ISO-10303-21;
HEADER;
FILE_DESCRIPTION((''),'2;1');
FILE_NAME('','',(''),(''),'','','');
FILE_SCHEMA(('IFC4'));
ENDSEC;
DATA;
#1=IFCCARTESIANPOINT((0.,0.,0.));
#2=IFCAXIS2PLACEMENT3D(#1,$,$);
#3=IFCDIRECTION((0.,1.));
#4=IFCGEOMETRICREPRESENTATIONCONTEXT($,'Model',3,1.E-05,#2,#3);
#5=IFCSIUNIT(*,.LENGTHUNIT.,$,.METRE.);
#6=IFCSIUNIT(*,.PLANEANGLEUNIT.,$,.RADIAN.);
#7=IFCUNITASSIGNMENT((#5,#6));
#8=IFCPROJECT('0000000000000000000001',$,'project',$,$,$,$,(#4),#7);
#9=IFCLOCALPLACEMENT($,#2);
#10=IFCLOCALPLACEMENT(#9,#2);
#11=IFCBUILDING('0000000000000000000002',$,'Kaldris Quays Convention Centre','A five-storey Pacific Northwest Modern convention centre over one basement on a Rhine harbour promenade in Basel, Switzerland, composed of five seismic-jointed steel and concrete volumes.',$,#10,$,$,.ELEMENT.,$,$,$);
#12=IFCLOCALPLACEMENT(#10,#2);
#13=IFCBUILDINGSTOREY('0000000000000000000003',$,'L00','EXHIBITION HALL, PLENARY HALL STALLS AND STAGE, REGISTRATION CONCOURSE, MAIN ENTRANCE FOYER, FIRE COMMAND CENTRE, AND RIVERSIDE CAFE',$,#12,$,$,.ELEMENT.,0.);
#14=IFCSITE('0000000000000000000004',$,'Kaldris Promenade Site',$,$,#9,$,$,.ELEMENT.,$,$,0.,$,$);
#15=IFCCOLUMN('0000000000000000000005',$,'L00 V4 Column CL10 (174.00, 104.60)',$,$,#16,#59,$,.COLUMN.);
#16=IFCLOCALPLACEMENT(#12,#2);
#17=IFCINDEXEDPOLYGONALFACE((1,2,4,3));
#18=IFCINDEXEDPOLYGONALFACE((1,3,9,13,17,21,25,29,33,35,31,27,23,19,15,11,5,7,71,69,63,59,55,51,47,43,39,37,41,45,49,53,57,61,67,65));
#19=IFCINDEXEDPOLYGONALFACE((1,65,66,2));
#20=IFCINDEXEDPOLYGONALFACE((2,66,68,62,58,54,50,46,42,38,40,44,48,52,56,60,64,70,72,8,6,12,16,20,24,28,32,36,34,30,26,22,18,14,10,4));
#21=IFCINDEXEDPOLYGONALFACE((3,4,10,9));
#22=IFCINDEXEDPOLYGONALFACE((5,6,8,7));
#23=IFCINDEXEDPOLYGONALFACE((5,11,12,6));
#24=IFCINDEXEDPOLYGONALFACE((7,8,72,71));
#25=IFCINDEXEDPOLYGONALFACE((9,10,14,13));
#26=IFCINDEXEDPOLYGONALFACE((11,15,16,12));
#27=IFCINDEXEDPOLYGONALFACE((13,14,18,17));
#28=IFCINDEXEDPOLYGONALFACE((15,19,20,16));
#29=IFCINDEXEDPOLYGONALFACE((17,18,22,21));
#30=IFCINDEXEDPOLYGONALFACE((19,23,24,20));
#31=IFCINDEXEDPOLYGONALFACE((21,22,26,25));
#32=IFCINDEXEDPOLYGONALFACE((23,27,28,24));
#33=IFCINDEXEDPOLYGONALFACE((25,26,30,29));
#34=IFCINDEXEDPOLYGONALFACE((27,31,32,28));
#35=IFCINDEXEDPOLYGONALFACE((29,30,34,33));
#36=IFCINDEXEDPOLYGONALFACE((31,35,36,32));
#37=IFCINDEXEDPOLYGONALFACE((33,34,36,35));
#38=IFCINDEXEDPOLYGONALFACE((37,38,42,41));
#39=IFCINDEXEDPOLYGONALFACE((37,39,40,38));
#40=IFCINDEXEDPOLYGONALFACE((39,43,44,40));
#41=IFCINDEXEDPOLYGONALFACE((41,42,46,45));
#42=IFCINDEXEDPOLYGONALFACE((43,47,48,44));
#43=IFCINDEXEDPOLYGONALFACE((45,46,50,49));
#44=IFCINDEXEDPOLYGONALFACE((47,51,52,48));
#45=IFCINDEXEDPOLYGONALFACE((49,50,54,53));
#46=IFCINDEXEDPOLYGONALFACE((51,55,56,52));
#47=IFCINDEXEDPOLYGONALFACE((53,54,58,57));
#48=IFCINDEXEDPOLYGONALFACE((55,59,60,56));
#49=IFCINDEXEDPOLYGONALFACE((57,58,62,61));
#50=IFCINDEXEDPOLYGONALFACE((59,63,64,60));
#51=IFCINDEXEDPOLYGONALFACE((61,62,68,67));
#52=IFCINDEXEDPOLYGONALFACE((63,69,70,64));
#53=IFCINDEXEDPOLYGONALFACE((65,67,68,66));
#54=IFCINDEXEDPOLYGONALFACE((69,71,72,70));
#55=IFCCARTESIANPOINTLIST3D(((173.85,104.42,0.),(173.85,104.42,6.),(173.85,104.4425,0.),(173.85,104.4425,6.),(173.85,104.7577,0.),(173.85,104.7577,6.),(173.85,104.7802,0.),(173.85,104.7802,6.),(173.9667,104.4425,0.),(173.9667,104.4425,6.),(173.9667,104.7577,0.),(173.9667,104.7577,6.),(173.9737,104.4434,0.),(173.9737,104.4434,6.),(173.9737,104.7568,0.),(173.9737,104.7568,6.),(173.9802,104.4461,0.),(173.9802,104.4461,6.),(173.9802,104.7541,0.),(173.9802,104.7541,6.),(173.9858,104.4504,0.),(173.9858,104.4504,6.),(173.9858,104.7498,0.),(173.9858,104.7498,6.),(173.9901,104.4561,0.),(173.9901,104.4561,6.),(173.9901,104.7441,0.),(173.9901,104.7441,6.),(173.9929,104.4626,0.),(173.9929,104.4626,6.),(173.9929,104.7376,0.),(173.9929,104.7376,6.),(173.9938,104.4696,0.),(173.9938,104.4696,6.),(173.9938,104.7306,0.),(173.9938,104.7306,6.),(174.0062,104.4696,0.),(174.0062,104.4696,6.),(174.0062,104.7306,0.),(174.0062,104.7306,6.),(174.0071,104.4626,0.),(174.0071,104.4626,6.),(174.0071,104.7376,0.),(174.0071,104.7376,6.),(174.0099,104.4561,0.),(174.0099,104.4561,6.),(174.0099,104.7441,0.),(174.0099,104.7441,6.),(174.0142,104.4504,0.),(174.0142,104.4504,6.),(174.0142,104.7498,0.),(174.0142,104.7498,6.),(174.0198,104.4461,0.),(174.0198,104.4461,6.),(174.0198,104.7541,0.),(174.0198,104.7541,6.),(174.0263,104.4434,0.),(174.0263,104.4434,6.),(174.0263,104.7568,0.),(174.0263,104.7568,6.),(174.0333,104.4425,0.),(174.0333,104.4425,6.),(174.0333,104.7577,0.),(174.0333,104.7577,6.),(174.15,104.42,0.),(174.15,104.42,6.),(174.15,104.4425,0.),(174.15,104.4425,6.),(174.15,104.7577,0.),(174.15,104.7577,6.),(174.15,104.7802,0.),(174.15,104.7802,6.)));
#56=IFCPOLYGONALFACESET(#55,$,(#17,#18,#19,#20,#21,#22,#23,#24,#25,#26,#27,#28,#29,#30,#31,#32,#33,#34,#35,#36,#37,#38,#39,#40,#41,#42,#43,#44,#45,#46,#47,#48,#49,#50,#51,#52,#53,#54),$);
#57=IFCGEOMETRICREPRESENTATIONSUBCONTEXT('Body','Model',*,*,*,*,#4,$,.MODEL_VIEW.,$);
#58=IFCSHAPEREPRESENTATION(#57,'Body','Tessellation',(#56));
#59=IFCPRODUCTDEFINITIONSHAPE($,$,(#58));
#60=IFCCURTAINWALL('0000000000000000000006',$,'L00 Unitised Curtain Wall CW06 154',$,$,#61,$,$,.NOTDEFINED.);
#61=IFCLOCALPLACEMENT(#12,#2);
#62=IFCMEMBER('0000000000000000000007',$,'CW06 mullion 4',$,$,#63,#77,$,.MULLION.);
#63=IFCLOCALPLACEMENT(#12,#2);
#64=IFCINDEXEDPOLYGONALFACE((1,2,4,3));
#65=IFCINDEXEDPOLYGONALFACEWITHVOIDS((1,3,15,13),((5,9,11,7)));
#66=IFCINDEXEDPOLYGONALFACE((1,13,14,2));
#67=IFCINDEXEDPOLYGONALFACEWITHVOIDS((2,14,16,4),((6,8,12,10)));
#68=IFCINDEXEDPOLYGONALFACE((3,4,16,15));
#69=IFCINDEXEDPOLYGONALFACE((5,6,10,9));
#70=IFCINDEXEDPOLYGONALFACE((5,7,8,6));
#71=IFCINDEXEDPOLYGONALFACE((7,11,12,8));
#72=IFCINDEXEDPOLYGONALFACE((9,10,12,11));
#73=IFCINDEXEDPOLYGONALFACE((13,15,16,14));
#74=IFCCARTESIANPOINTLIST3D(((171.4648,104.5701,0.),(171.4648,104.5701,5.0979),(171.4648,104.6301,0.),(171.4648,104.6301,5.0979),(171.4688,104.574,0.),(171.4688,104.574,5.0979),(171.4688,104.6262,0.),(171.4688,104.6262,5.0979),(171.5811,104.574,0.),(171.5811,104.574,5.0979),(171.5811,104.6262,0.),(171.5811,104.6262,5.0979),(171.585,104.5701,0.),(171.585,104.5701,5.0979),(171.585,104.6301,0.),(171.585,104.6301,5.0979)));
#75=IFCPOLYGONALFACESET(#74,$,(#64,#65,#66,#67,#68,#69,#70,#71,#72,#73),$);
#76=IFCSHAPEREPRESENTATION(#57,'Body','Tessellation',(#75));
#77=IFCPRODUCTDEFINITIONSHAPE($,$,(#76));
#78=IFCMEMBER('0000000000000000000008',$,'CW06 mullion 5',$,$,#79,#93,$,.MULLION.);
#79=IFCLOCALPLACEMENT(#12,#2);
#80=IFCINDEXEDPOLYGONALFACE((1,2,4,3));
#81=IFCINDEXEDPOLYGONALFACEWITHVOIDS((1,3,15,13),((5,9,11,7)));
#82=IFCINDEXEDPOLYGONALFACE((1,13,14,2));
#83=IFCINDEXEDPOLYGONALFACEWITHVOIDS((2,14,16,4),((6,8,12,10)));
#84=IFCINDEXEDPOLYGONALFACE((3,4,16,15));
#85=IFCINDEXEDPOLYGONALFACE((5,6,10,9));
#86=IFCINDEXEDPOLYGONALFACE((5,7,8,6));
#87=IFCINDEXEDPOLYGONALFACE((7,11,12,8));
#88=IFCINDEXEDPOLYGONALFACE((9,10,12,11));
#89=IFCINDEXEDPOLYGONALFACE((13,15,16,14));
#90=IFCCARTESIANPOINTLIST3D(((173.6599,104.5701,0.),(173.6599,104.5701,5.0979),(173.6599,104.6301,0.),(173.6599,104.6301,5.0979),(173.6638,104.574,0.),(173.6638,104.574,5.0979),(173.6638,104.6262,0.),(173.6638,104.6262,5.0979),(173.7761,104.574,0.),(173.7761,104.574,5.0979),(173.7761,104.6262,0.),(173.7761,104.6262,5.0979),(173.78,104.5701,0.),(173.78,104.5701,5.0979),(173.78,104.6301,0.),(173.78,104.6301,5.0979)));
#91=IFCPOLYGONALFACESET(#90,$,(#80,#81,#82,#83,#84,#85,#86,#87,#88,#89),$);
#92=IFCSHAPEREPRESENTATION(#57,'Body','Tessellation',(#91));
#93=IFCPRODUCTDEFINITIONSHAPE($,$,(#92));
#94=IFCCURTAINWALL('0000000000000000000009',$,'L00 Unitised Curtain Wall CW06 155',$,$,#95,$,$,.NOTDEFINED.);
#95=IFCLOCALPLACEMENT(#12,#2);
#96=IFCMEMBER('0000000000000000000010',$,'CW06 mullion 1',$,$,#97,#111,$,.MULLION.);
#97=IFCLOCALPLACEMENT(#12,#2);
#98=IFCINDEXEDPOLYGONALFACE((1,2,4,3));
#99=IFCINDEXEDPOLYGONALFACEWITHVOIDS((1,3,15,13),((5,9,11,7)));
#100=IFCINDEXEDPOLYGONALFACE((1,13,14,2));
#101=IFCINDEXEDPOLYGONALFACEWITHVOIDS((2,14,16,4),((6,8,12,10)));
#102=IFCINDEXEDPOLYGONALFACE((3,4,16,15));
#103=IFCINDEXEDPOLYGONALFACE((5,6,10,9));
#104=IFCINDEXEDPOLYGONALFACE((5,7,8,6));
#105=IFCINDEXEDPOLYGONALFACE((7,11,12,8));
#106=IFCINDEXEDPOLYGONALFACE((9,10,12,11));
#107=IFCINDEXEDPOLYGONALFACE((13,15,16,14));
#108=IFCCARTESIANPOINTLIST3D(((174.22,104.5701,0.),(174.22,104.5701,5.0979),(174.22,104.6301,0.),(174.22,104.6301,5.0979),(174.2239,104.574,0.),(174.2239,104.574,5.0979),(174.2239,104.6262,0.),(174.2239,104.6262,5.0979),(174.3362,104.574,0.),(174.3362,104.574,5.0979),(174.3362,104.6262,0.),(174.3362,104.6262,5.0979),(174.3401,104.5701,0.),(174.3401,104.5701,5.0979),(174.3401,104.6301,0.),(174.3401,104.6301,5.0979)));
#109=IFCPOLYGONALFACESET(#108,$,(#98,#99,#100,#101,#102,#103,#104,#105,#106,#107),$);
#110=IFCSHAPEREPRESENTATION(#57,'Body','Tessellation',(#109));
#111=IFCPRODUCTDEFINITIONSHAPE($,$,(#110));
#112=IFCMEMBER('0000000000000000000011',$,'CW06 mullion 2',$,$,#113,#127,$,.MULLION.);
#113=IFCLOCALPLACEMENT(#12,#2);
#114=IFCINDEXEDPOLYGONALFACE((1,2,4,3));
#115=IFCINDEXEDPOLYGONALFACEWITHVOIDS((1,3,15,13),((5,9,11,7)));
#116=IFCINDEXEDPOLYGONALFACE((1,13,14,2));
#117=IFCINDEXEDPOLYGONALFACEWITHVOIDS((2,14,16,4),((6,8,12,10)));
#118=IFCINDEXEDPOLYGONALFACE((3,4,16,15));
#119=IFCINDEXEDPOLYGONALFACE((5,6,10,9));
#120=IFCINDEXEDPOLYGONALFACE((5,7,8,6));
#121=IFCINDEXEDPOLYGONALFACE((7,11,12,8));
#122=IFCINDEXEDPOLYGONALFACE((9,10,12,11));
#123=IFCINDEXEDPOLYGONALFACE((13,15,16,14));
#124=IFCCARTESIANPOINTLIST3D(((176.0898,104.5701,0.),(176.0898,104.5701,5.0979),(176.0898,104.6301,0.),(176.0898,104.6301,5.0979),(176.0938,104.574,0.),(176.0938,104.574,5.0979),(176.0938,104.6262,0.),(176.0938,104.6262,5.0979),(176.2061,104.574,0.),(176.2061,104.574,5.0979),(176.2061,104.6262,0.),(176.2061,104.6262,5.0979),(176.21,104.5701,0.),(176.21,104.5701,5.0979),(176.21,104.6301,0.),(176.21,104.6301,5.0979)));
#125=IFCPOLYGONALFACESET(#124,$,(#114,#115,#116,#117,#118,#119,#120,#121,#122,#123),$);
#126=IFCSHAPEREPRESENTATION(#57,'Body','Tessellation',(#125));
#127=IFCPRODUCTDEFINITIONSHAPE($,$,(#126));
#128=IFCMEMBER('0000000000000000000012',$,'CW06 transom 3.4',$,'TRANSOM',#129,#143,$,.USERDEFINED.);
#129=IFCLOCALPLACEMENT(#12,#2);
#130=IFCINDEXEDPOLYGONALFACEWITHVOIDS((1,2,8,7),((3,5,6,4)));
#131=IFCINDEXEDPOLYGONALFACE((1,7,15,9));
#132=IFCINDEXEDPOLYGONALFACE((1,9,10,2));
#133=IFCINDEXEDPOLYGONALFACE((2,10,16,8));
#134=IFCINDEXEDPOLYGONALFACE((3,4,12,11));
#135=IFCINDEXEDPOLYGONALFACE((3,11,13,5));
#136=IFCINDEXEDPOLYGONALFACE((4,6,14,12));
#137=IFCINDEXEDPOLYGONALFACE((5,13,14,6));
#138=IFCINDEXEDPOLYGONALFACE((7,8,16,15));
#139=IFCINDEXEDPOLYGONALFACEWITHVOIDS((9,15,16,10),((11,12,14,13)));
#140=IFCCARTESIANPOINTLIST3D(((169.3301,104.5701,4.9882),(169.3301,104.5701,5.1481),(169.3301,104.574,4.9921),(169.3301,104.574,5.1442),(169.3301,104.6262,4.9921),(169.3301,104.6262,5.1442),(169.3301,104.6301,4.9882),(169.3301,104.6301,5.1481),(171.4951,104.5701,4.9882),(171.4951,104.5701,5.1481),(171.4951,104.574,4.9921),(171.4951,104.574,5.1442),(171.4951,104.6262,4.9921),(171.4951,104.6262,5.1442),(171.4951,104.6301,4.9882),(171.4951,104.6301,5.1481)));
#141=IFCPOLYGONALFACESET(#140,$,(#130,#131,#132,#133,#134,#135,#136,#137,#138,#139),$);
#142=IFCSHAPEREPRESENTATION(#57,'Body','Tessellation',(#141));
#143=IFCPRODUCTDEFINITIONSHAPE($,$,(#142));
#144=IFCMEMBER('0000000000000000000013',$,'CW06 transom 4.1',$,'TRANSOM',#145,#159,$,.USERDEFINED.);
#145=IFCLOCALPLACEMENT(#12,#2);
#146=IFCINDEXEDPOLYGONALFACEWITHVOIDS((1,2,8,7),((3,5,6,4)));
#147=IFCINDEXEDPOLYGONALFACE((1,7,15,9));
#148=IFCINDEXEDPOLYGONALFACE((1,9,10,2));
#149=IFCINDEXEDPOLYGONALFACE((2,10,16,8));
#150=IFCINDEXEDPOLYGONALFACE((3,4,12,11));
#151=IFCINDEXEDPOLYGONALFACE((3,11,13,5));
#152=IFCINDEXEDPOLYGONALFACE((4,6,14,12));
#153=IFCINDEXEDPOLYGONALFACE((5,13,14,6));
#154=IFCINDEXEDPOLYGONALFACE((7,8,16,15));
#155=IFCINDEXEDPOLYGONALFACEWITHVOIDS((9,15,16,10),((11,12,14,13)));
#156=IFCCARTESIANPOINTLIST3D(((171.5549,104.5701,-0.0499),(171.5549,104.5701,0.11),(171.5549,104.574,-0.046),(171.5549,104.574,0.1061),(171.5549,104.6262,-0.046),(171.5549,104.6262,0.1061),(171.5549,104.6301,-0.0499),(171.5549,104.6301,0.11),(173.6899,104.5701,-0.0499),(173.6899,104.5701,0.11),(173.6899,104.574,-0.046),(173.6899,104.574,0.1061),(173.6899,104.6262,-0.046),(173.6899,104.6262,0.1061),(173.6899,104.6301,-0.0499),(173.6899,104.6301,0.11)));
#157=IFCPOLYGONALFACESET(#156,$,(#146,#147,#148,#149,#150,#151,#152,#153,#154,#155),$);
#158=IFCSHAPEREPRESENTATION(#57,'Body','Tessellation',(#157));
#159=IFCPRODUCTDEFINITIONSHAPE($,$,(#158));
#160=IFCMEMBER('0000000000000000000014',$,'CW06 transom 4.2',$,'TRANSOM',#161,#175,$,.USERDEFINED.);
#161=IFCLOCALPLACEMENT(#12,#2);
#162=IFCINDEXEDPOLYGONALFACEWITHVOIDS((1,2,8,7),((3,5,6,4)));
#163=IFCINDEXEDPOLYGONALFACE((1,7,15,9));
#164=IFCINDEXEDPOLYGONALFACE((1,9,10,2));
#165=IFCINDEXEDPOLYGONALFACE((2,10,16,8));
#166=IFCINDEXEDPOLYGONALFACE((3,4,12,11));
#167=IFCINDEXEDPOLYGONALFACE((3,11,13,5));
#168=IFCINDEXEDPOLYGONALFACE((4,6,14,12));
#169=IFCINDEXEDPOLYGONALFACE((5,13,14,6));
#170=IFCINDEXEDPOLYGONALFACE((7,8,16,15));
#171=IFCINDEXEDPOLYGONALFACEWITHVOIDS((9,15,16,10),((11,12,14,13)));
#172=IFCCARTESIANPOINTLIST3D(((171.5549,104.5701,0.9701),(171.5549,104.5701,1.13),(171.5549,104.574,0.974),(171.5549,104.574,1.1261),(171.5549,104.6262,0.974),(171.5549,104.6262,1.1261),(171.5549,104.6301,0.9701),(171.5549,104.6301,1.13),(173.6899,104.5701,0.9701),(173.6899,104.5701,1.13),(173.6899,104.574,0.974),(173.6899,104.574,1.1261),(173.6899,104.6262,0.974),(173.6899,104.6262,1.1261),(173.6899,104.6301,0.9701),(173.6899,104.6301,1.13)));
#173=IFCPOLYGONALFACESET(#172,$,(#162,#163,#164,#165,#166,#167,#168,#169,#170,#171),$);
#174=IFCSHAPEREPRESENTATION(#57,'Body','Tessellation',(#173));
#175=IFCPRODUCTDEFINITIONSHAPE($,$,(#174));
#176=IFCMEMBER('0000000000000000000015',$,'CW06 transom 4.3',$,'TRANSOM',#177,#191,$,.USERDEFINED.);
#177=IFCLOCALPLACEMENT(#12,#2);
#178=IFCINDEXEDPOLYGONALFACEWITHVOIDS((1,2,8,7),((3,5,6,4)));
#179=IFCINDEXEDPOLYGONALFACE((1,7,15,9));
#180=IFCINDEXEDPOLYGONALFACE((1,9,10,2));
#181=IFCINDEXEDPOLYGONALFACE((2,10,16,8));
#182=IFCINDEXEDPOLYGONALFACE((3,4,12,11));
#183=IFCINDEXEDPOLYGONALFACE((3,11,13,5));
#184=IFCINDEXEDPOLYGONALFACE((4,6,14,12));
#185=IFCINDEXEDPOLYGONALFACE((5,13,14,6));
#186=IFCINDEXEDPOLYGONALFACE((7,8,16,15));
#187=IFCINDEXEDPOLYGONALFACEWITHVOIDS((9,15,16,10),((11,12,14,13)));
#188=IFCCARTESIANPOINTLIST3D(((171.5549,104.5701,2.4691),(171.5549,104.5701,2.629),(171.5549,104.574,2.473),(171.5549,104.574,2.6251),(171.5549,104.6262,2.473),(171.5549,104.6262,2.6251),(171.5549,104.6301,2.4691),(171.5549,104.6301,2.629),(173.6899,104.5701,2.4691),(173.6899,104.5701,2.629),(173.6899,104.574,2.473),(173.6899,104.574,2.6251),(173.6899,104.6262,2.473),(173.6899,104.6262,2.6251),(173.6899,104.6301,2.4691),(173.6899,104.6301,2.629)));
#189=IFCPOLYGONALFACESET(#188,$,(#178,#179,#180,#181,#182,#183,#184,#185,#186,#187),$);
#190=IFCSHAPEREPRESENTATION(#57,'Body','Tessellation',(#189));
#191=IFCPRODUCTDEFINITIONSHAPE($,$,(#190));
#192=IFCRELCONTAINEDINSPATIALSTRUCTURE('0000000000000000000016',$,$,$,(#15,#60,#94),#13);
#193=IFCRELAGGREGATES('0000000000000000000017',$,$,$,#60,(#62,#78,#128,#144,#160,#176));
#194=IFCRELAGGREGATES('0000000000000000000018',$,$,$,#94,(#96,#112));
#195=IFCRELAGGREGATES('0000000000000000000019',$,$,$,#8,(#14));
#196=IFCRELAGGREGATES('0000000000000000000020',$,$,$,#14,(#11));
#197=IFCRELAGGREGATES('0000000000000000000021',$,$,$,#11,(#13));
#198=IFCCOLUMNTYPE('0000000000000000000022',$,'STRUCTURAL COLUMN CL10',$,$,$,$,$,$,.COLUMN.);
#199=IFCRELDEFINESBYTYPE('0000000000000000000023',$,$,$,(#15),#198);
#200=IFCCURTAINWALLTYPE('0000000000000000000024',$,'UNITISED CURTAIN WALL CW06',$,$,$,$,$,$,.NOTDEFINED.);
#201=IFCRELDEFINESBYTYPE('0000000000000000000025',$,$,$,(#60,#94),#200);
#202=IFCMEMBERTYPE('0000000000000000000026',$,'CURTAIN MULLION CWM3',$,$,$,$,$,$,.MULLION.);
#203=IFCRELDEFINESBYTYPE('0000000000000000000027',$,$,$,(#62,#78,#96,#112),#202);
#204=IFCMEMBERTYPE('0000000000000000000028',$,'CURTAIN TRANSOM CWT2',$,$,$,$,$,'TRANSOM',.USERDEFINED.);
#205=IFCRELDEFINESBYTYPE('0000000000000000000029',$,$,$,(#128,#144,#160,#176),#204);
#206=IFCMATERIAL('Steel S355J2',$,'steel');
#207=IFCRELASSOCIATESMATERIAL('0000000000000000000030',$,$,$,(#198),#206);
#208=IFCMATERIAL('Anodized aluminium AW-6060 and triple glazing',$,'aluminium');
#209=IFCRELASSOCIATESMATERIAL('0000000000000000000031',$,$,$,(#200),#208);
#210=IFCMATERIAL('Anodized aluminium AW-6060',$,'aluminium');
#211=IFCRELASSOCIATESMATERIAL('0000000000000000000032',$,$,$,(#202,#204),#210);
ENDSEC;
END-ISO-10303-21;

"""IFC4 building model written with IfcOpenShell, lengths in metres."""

from ifc_helpers import new_model, si_unit, direction, frame, origin, origin_2d, place, context, subcontext, project, spatial, hollow_rectangle, i_section, extrude, material, material_profile, profile_set, type_object, element, aggregate, save


model = new_model("IFC4")

# Units and contexts
model_context = context("Model", 3, precision=1e-05, world=origin(), true_north=direction((0.0, 1.0)))
body_context = subcontext(model_context, "Body", "Model", "MODEL_VIEW")
ifc_project = project(units=[si_unit("LENGTHUNIT", "METRE"), si_unit("PLANEANGLEUNIT", "RADIAN")], contexts=[model_context])

# Site, building, storey
site_placement = place(None, origin())
site = spatial("IfcSite", under=ifc_project, at=site_placement, Name="Kaldris Promenade Site", CompositionType="ELEMENT", RefElevation=0.0)
building_placement = place(site_placement, origin())
building = spatial("IfcBuilding", under=site, at=building_placement, Name="Kaldris Quays Convention Centre", Description="A five-storey Pacific Northwest Modern convention centre over one basement on a Rhine harbour promenade in Basel, Switzerland, composed of five seismic-jointed steel and concrete volumes.", CompositionType="ELEMENT")
storey_placement = place(building_placement, origin())
storey = spatial("IfcBuildingStorey", under=building, at=storey_placement, Name="L00", Description="EXHIBITION HALL, PLENARY HALL STALLS AND STAGE, REGISTRATION CONCOURSE, MAIN ENTRANCE FOYER, FIRE COMMAND CENTRE, AND RIVERSIDE CAFE", CompositionType="ELEMENT", Elevation=0.0)

# Column
ifc_material_1 = material(Name="Steel S355J2", Category="steel")
ifc_material_profile_1 = material_profile(ifc_material_1, i_section(OverallWidth=0.3, OverallDepth=0.3601, WebThickness=0.0125, FlangeThickness=0.0225, FilletRadius=0.0271, at=origin_2d()), Name="HEB 360")
ifc_profile_set_1 = profile_set([ifc_material_profile_1], Name="Steel S355J2")
column_type = type_object("IfcColumnType", Name="STRUCTURAL COLUMN CL10", PredefinedType="COLUMN", material=ifc_profile_set_1)
column_placement = place(storey_placement, frame((174.0, 104.6001, 0.0), z_axis=(0.0, 0.0, 1.0), x_axis=(1.0, 0.0, 0.0)))
element("IfcColumn", 1, at=column_placement, inside=storey, type_object=column_type, Name="L00 V4 Column CL10 (174.00, 104.60)", PredefinedType="COLUMN", context=body_context, shape_type="SweptSolid", body=[
    extrude(i_section(OverallWidth=0.3, OverallDepth=0.3601, WebThickness=0.0125, FlangeThickness=0.0225, FilletRadius=0.0271, at=origin_2d()), origin(), (0.0, 0.0, 1.0), 6.0),
])

# Curtain walls, members
ifc_material_2 = material(Name="Anodized aluminium AW-6060 and triple glazing", Category="aluminium")
curtain_wall_type = type_object("IfcCurtainWallType", Name="UNITISED CURTAIN WALL CW06", PredefinedType="NOTDEFINED", material=ifc_material_2)
curtain_wall_1_placement = place(storey_placement, origin())
curtain_wall_1 = element("IfcCurtainWall", 2, at=curtain_wall_1_placement, inside=storey, type_object=curtain_wall_type, Name="L00 Unitised Curtain Wall CW06 154", PredefinedType="NOTDEFINED")
ifc_material_3 = material(Name="Anodized aluminium AW-6060", Category="aluminium")
ifc_material_profile_2 = material_profile(ifc_material_3, hollow_rectangle(XDim=0.0601, YDim=0.1201, WallThickness=0.0039, at=origin_2d()), Name="RHS 120x60x4")
ifc_profile_set_2 = profile_set([ifc_material_profile_2], Name="Anodized aluminium AW-6060")
member_type_1 = type_object("IfcMemberType", Name="CURTAIN MULLION CWM3", PredefinedType="MULLION", material=ifc_profile_set_2)
member_1_placement = place(storey_placement, frame((171.5249, 104.6001, 0.0), z_axis=(0.0, 0.0, 1.0), x_axis=(0.0, 1.0, 0.0)))
member_1 = element("IfcMember", 3, at=member_1_placement, type_object=member_type_1, Name="CW06 mullion 4", PredefinedType="MULLION", context=body_context, shape_type="SweptSolid", body=[
    extrude(hollow_rectangle(XDim=0.0601, YDim=0.1201, WallThickness=0.0039, at=origin_2d()), origin(), (0.0, 0.0, 1.0), 5.0979),
])
member_2_placement = place(storey_placement, frame((173.72, 104.6001, 0.0), z_axis=(0.0, 0.0, 1.0), x_axis=(0.0, 1.0, 0.0)))
member_2 = element("IfcMember", 4, at=member_2_placement, type_object=member_type_1, Name="CW06 mullion 5", PredefinedType="MULLION", context=body_context, shape_type="SweptSolid", body=[
    extrude(hollow_rectangle(XDim=0.0601, YDim=0.1201, WallThickness=0.0039, at=origin_2d()), origin(), (0.0, 0.0, 1.0), 5.0979),
])
curtain_wall_2_placement = place(storey_placement, origin())
curtain_wall_2 = element("IfcCurtainWall", 5, at=curtain_wall_2_placement, inside=storey, type_object=curtain_wall_type, Name="L00 Unitised Curtain Wall CW06 155", PredefinedType="NOTDEFINED")
member_3_placement = place(storey_placement, frame((174.28, 104.6001, 0.0), z_axis=(0.0, 0.0, 1.0), x_axis=(0.0, 1.0, 0.0)))
member_3 = element("IfcMember", 6, at=member_3_placement, type_object=member_type_1, Name="CW06 mullion 1", PredefinedType="MULLION", context=body_context, shape_type="SweptSolid", body=[
    extrude(hollow_rectangle(XDim=0.0601, YDim=0.1201, WallThickness=0.0039, at=origin_2d()), origin(), (0.0, 0.0, 1.0), 5.0979),
])
member_4_placement = place(storey_placement, frame((176.1499, 104.6001, 0.0), z_axis=(0.0, 0.0, 1.0), x_axis=(0.0, 1.0, 0.0)))
member_4 = element("IfcMember", 7, at=member_4_placement, type_object=member_type_1, Name="CW06 mullion 2", PredefinedType="MULLION", context=body_context, shape_type="SweptSolid", body=[
    extrude(hollow_rectangle(XDim=0.0601, YDim=0.1201, WallThickness=0.0039, at=origin_2d()), origin(), (0.0, 0.0, 1.0), 5.0979),
])

# Members
ifc_material_profile_3 = material_profile(ifc_material_3, hollow_rectangle(XDim=0.0601, YDim=0.1599, WallThickness=0.0039, at=origin_2d()), Name="RHS 160x60x4")
ifc_profile_set_3 = profile_set([ifc_material_profile_3], Name="Anodized aluminium AW-6060")
member_type_2 = type_object("IfcMemberType", Name="CURTAIN TRANSOM CWT2", ElementType="TRANSOM", PredefinedType="USERDEFINED", material=ifc_profile_set_3)
member_5_placement = place(storey_placement, frame((169.3301, 104.6001, 5.0681), z_axis=(1.0, 0.0, 0.0), x_axis=(0.0, 1.0, 0.0)))
member_5 = element("IfcMember", 8, at=member_5_placement, type_object=member_type_2, Name="CW06 transom 3.4", ObjectType="TRANSOM", PredefinedType="USERDEFINED", context=body_context, shape_type="SweptSolid", body=[
    extrude(hollow_rectangle(XDim=0.0601, YDim=0.1599, WallThickness=0.0039, at=origin_2d()), origin(), (0.0, 0.0, 1.0), 2.165),
])
member_6_placement = place(storey_placement, frame((171.5549, 104.6001, 0.03), z_axis=(1.0, 0.0, 0.0), x_axis=(0.0, 1.0, 0.0)))
member_6 = element("IfcMember", 9, at=member_6_placement, type_object=member_type_2, Name="CW06 transom 4.1", ObjectType="TRANSOM", PredefinedType="USERDEFINED", context=body_context, shape_type="SweptSolid", body=[
    extrude(hollow_rectangle(XDim=0.0601, YDim=0.1599, WallThickness=0.0039, at=origin_2d()), origin(), (0.0, 0.0, 1.0), 2.135),
])
member_7_placement = place(storey_placement, frame((171.5549, 104.6001, 1.05), z_axis=(1.0, 0.0, 0.0), x_axis=(0.0, 1.0, 0.0)))
member_7 = element("IfcMember", 10, at=member_7_placement, type_object=member_type_2, Name="CW06 transom 4.2", ObjectType="TRANSOM", PredefinedType="USERDEFINED", context=body_context, shape_type="SweptSolid", body=[
    extrude(hollow_rectangle(XDim=0.0601, YDim=0.1599, WallThickness=0.0039, at=origin_2d()), origin(), (0.0, 0.0, 1.0), 2.135),
])
member_8_placement = place(storey_placement, frame((171.5549, 104.6001, 2.5491), z_axis=(1.0, 0.0, 0.0), x_axis=(0.0, 1.0, 0.0)))
member_8 = element("IfcMember", 11, at=member_8_placement, type_object=member_type_2, Name="CW06 transom 4.3", ObjectType="TRANSOM", PredefinedType="USERDEFINED", context=body_context, shape_type="SweptSolid", body=[
    extrude(hollow_rectangle(XDim=0.0601, YDim=0.1599, WallThickness=0.0039, at=origin_2d()), origin(), (0.0, 0.0, 1.0), 2.135),
])

aggregate(curtain_wall_1, [member_1, member_2, member_5, member_6, member_7, member_8])
aggregate(curtain_wall_2, [member_3, member_4])

save(model, "model.ifc")
